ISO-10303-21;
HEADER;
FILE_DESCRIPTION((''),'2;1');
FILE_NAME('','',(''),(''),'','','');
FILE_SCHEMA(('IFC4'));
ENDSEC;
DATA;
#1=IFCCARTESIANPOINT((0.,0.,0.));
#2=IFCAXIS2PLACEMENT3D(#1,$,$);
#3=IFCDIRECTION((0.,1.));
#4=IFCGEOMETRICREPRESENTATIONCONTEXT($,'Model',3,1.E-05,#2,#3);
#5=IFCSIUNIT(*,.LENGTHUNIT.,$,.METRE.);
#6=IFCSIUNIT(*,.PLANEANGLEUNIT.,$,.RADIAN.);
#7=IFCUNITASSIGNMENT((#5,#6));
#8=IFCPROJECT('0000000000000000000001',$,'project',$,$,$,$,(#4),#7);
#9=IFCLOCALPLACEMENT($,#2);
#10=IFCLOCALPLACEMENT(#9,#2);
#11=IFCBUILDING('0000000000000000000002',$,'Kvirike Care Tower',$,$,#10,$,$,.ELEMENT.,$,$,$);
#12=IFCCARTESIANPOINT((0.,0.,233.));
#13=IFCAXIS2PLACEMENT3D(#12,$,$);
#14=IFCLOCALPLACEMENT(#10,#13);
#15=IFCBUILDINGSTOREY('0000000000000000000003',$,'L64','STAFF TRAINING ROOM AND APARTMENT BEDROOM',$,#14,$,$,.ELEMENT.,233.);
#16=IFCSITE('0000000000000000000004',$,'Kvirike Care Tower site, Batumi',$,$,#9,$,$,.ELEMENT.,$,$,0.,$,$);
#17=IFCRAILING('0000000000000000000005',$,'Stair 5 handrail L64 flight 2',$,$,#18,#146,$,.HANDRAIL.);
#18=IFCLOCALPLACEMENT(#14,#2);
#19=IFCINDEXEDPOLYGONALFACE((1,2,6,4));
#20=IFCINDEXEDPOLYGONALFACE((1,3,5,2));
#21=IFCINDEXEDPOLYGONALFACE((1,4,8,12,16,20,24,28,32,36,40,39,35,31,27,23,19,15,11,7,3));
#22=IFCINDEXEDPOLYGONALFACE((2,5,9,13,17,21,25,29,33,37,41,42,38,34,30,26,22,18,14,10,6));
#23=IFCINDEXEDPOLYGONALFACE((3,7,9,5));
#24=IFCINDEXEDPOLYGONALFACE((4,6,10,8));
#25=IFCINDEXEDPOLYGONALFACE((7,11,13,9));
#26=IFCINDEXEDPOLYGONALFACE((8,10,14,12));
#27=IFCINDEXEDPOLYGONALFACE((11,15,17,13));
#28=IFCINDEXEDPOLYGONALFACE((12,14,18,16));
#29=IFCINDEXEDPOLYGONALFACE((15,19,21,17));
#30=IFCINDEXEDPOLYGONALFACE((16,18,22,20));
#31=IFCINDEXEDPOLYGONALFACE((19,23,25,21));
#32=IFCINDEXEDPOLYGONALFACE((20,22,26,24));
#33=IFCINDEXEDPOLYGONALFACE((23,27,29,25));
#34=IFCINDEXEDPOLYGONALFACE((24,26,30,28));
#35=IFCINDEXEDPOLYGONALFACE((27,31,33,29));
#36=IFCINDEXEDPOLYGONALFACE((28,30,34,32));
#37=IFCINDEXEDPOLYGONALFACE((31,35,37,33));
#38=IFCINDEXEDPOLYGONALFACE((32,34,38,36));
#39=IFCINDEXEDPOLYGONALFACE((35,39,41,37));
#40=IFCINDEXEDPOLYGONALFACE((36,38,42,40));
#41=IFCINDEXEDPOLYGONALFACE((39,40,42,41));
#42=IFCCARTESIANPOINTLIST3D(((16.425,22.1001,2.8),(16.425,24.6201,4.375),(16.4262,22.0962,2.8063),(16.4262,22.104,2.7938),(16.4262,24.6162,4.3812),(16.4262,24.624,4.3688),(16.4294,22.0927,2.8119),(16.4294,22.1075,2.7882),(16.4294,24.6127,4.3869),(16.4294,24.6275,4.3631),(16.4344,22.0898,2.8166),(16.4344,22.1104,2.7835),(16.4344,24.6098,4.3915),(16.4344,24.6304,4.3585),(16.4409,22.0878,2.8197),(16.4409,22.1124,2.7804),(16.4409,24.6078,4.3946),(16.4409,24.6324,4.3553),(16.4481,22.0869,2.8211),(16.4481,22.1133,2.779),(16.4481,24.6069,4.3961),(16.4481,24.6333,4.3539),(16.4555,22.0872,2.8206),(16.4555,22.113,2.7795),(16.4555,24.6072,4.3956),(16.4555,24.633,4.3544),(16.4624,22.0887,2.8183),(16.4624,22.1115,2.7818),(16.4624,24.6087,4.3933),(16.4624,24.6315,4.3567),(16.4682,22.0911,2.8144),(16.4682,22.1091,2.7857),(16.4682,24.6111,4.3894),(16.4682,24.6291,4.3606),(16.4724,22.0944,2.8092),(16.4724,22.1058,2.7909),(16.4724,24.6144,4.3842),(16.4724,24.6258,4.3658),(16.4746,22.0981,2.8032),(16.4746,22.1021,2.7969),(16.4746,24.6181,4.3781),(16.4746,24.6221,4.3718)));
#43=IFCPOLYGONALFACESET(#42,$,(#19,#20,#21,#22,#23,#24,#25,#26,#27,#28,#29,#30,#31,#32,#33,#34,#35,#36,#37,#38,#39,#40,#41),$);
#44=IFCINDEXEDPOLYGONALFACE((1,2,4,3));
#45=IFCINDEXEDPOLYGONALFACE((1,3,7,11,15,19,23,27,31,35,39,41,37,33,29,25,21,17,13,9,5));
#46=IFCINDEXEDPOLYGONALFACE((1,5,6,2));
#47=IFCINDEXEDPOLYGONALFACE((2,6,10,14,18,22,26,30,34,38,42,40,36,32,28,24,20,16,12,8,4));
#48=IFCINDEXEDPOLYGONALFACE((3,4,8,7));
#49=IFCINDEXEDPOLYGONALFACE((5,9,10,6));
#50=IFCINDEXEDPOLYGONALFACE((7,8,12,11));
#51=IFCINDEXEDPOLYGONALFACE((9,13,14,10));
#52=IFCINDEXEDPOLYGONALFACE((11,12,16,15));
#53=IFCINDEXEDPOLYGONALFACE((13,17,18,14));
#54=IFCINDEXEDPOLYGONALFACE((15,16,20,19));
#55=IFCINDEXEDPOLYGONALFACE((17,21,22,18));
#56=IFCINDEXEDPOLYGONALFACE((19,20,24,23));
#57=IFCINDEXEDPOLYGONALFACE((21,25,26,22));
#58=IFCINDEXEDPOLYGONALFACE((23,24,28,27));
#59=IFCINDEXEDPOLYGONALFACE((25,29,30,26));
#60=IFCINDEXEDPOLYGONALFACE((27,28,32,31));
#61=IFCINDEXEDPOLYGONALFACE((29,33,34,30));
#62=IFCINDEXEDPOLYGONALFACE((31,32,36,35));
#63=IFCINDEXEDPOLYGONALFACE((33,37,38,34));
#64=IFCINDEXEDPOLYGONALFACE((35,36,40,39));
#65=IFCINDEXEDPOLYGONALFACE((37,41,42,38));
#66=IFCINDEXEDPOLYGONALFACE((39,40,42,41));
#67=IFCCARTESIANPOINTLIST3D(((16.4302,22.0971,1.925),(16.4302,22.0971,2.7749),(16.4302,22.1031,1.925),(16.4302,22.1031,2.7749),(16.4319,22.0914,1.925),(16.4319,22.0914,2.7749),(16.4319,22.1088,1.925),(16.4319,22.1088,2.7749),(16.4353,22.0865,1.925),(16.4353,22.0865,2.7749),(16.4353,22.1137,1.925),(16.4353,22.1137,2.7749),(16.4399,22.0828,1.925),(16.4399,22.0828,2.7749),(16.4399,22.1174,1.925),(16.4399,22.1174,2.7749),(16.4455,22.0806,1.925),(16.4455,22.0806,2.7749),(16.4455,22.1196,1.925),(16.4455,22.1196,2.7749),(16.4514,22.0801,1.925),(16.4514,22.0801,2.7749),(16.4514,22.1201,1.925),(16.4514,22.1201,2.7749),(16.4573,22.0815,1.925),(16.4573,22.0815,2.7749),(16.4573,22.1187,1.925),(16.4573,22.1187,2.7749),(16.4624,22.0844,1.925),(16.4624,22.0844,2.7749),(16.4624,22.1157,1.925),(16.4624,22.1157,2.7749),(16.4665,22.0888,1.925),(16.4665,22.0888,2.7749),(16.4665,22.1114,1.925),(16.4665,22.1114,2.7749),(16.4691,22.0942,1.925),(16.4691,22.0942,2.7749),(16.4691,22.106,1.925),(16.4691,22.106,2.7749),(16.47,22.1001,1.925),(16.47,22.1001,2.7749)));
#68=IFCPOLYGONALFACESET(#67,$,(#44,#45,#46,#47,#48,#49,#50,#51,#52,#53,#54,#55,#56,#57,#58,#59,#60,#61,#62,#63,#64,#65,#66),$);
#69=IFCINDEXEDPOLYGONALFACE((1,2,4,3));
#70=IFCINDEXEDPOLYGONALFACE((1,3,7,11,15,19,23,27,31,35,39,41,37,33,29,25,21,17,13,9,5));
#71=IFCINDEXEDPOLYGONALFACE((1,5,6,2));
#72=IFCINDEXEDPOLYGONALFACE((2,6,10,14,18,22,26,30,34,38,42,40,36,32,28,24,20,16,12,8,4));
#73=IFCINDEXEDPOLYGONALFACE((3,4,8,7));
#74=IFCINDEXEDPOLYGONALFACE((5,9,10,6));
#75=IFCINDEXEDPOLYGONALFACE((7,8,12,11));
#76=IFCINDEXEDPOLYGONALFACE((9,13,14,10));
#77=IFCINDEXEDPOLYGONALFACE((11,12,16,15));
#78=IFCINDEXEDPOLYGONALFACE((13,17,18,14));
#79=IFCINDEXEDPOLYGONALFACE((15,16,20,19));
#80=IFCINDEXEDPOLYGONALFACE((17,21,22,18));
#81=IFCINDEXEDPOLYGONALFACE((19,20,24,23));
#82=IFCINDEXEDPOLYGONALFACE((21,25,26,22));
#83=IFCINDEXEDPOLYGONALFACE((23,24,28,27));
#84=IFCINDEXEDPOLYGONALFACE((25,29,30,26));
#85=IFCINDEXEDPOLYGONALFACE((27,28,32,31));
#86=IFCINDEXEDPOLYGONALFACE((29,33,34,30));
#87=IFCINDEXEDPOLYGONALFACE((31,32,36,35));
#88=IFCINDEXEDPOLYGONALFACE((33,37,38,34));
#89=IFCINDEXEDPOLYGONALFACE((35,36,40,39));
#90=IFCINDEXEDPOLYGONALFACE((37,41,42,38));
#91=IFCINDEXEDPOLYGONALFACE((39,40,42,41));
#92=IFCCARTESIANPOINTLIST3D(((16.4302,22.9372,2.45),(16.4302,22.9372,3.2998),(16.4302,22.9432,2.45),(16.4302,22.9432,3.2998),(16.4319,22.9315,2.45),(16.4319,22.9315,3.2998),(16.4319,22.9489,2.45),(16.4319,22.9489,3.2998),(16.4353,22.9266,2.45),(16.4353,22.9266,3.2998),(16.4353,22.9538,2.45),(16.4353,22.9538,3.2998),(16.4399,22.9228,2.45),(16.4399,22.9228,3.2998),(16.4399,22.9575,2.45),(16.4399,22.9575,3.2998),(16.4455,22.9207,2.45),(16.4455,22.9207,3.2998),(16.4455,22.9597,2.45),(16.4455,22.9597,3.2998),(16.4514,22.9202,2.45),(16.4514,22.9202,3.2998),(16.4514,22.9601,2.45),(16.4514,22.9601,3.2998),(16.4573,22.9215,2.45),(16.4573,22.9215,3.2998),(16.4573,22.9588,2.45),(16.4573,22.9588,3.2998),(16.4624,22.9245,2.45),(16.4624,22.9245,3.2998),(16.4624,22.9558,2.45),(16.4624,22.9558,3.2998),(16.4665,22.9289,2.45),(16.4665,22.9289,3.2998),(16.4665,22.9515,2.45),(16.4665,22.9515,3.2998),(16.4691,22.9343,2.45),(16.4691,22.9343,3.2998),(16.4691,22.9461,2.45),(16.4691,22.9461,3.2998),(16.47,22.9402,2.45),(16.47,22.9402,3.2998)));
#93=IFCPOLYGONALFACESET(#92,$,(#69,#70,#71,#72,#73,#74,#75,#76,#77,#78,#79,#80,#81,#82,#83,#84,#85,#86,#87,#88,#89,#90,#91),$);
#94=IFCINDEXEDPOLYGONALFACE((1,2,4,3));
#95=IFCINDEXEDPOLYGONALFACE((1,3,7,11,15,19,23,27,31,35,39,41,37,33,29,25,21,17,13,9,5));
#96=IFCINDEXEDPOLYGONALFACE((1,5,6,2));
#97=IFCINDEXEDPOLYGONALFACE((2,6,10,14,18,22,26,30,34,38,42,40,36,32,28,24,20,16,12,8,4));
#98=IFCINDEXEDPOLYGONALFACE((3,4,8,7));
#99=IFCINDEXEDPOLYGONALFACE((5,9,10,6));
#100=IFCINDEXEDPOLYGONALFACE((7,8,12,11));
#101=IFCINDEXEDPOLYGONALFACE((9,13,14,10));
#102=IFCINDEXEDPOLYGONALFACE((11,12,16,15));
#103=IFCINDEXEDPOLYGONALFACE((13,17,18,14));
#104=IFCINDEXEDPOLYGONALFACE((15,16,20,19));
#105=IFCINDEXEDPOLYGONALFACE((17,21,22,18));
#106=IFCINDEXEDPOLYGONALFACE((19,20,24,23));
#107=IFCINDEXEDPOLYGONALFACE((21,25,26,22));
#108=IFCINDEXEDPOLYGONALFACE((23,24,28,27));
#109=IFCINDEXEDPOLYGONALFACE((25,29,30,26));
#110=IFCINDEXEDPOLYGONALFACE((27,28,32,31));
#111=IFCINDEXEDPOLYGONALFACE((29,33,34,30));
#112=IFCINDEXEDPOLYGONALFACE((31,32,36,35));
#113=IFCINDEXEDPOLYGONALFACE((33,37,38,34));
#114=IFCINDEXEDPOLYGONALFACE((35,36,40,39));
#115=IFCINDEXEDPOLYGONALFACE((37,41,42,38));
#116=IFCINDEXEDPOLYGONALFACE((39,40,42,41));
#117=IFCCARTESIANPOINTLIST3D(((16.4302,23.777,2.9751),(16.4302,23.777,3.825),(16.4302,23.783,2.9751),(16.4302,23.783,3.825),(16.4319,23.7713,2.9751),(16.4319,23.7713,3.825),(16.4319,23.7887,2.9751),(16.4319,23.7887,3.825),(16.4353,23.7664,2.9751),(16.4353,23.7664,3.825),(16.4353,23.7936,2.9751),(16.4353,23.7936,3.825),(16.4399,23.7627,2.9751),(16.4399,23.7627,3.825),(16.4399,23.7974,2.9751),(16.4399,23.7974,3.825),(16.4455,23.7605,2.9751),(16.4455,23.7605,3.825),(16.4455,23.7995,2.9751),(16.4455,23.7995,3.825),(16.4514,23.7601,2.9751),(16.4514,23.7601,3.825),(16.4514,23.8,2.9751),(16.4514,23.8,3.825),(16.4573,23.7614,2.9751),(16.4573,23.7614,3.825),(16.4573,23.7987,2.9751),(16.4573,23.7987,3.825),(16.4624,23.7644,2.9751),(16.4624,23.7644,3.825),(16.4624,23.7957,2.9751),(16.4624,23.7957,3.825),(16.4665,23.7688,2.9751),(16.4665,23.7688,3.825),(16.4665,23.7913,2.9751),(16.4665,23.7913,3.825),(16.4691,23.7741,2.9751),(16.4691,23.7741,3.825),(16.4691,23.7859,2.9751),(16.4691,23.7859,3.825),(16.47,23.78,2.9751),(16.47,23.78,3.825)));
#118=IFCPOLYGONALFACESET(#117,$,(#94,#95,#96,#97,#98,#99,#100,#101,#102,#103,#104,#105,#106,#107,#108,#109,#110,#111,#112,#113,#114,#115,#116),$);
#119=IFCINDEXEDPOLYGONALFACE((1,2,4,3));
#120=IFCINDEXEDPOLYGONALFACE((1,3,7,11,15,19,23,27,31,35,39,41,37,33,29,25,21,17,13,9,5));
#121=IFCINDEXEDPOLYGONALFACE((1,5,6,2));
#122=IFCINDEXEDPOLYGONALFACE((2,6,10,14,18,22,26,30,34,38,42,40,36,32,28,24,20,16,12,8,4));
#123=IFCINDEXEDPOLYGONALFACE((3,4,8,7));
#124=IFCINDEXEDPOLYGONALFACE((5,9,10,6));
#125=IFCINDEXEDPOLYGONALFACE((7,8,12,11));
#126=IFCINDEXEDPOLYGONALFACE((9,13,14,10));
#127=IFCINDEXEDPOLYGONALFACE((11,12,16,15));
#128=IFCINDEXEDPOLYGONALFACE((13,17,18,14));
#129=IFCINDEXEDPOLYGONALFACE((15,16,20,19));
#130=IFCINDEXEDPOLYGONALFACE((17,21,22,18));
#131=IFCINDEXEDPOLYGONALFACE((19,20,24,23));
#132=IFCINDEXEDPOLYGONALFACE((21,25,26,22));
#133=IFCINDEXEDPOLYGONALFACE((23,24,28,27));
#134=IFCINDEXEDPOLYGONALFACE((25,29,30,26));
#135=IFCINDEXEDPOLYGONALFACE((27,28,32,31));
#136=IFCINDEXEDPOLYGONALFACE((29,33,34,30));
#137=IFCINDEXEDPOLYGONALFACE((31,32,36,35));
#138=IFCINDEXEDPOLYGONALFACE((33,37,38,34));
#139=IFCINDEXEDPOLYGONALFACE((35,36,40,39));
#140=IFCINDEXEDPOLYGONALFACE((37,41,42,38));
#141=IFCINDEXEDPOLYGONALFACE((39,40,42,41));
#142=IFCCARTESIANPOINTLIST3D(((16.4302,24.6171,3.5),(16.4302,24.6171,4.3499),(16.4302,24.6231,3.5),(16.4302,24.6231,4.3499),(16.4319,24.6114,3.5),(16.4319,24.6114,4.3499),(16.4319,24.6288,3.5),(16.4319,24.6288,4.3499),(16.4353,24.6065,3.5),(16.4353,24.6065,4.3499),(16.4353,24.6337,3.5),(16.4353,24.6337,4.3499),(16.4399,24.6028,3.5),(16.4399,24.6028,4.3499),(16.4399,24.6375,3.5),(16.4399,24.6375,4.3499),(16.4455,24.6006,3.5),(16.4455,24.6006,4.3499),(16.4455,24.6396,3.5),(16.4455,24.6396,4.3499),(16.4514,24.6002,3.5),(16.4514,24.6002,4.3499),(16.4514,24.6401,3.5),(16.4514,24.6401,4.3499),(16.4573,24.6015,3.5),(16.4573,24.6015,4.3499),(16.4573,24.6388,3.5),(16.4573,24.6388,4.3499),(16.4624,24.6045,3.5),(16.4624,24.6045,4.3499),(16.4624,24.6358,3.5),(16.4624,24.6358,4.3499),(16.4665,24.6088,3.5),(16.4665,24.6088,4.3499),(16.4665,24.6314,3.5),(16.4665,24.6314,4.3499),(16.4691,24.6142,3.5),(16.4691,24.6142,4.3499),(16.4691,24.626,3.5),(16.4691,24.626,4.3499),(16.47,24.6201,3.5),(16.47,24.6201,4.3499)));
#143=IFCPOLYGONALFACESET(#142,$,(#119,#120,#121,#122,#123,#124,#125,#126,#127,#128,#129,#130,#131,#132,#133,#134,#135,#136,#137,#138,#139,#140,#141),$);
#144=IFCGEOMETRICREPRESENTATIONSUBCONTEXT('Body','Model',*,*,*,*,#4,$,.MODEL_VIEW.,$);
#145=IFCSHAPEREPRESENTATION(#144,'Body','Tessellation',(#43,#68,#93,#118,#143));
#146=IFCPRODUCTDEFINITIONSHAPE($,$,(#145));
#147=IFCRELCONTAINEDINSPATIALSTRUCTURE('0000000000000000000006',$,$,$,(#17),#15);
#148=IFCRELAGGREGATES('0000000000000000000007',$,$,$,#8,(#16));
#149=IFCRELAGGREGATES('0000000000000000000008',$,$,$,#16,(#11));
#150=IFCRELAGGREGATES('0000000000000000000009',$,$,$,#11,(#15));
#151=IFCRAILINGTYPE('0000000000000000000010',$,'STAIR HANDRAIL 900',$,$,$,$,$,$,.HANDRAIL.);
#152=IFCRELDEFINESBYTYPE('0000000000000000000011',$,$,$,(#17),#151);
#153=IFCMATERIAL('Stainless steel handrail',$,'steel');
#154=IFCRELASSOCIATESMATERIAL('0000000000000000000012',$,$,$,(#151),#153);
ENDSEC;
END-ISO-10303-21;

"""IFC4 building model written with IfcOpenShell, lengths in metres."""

from ifc_helpers import new_model, si_unit, direction, frame, origin, origin_2d, place, context, subcontext, project, spatial, circle, extrude, material, type_object, element, save


model = new_model("IFC4")

# Units and contexts
model_context = context("Model", 3, precision=1e-05, world=origin(), true_north=direction((0.0, 1.0)))
body_context = subcontext(model_context, "Body", "Model", "MODEL_VIEW")
ifc_project = project(units=[si_unit("LENGTHUNIT", "METRE"), si_unit("PLANEANGLEUNIT", "RADIAN")], contexts=[model_context])

# Site, building, storey
site_placement = place(None, origin())
site = spatial("IfcSite", under=ifc_project, at=site_placement, Name="Kvirike Care Tower site, Batumi", CompositionType="ELEMENT", RefElevation=0.0)
building_placement = place(site_placement, origin())
building = spatial("IfcBuilding", under=site, at=building_placement, Name="Kvirike Care Tower", CompositionType="ELEMENT")
storey_placement = place(building_placement, frame((0.0, 0.0, 233.0)))
storey = spatial("IfcBuildingStorey", under=building, at=storey_placement, Name="L64", Description="STAFF TRAINING ROOM AND APARTMENT BEDROOM", CompositionType="ELEMENT", Elevation=233.0)

# Railing
ifc_material_1 = material(Name="Stainless steel handrail", Category="steel")
railing_type = type_object("IfcRailingType", Name="STAIR HANDRAIL 900", PredefinedType="HANDRAIL", material=ifc_material_1)
railing_1_placement = place(storey_placement, frame((16.45, 22.1001, 1.925)))
element("IfcRailing", 1, at=railing_1_placement, inside=storey, type_object=railing_type, Name="Stair 5 handrail L64 flight 2", PredefinedType="HANDRAIL", context=body_context, shape_type="SweptSolid", body=[
    extrude(circle(Radius=0.0249, at=origin_2d()), frame((0.0, 0.0, 0.875), z_axis=(0.0, 0.848008, 0.529984), x_axis=(-1.0, 0.0, 0.0)), (0.0, 0.0, 1.0), 2.9717),
    extrude(circle(Radius=0.02, at=origin_2d()), origin(), (0.0, 0.0, 1.0), 0.8499),
    extrude(circle(Radius=0.02, at=origin_2d()), frame((0.0, 0.8401, 0.5249)), (0.0, 0.0, 1.0), 0.8499),
    extrude(circle(Radius=0.02, at=origin_2d()), frame((0.0, 1.6799, 1.05)), (0.0, 0.0, 1.0), 0.8499),
    extrude(circle(Radius=0.02, at=origin_2d()), frame((0.0, 2.52, 1.575)), (0.0, 0.0, 1.0), 0.8499),
])

save(model, "model.ifc")
